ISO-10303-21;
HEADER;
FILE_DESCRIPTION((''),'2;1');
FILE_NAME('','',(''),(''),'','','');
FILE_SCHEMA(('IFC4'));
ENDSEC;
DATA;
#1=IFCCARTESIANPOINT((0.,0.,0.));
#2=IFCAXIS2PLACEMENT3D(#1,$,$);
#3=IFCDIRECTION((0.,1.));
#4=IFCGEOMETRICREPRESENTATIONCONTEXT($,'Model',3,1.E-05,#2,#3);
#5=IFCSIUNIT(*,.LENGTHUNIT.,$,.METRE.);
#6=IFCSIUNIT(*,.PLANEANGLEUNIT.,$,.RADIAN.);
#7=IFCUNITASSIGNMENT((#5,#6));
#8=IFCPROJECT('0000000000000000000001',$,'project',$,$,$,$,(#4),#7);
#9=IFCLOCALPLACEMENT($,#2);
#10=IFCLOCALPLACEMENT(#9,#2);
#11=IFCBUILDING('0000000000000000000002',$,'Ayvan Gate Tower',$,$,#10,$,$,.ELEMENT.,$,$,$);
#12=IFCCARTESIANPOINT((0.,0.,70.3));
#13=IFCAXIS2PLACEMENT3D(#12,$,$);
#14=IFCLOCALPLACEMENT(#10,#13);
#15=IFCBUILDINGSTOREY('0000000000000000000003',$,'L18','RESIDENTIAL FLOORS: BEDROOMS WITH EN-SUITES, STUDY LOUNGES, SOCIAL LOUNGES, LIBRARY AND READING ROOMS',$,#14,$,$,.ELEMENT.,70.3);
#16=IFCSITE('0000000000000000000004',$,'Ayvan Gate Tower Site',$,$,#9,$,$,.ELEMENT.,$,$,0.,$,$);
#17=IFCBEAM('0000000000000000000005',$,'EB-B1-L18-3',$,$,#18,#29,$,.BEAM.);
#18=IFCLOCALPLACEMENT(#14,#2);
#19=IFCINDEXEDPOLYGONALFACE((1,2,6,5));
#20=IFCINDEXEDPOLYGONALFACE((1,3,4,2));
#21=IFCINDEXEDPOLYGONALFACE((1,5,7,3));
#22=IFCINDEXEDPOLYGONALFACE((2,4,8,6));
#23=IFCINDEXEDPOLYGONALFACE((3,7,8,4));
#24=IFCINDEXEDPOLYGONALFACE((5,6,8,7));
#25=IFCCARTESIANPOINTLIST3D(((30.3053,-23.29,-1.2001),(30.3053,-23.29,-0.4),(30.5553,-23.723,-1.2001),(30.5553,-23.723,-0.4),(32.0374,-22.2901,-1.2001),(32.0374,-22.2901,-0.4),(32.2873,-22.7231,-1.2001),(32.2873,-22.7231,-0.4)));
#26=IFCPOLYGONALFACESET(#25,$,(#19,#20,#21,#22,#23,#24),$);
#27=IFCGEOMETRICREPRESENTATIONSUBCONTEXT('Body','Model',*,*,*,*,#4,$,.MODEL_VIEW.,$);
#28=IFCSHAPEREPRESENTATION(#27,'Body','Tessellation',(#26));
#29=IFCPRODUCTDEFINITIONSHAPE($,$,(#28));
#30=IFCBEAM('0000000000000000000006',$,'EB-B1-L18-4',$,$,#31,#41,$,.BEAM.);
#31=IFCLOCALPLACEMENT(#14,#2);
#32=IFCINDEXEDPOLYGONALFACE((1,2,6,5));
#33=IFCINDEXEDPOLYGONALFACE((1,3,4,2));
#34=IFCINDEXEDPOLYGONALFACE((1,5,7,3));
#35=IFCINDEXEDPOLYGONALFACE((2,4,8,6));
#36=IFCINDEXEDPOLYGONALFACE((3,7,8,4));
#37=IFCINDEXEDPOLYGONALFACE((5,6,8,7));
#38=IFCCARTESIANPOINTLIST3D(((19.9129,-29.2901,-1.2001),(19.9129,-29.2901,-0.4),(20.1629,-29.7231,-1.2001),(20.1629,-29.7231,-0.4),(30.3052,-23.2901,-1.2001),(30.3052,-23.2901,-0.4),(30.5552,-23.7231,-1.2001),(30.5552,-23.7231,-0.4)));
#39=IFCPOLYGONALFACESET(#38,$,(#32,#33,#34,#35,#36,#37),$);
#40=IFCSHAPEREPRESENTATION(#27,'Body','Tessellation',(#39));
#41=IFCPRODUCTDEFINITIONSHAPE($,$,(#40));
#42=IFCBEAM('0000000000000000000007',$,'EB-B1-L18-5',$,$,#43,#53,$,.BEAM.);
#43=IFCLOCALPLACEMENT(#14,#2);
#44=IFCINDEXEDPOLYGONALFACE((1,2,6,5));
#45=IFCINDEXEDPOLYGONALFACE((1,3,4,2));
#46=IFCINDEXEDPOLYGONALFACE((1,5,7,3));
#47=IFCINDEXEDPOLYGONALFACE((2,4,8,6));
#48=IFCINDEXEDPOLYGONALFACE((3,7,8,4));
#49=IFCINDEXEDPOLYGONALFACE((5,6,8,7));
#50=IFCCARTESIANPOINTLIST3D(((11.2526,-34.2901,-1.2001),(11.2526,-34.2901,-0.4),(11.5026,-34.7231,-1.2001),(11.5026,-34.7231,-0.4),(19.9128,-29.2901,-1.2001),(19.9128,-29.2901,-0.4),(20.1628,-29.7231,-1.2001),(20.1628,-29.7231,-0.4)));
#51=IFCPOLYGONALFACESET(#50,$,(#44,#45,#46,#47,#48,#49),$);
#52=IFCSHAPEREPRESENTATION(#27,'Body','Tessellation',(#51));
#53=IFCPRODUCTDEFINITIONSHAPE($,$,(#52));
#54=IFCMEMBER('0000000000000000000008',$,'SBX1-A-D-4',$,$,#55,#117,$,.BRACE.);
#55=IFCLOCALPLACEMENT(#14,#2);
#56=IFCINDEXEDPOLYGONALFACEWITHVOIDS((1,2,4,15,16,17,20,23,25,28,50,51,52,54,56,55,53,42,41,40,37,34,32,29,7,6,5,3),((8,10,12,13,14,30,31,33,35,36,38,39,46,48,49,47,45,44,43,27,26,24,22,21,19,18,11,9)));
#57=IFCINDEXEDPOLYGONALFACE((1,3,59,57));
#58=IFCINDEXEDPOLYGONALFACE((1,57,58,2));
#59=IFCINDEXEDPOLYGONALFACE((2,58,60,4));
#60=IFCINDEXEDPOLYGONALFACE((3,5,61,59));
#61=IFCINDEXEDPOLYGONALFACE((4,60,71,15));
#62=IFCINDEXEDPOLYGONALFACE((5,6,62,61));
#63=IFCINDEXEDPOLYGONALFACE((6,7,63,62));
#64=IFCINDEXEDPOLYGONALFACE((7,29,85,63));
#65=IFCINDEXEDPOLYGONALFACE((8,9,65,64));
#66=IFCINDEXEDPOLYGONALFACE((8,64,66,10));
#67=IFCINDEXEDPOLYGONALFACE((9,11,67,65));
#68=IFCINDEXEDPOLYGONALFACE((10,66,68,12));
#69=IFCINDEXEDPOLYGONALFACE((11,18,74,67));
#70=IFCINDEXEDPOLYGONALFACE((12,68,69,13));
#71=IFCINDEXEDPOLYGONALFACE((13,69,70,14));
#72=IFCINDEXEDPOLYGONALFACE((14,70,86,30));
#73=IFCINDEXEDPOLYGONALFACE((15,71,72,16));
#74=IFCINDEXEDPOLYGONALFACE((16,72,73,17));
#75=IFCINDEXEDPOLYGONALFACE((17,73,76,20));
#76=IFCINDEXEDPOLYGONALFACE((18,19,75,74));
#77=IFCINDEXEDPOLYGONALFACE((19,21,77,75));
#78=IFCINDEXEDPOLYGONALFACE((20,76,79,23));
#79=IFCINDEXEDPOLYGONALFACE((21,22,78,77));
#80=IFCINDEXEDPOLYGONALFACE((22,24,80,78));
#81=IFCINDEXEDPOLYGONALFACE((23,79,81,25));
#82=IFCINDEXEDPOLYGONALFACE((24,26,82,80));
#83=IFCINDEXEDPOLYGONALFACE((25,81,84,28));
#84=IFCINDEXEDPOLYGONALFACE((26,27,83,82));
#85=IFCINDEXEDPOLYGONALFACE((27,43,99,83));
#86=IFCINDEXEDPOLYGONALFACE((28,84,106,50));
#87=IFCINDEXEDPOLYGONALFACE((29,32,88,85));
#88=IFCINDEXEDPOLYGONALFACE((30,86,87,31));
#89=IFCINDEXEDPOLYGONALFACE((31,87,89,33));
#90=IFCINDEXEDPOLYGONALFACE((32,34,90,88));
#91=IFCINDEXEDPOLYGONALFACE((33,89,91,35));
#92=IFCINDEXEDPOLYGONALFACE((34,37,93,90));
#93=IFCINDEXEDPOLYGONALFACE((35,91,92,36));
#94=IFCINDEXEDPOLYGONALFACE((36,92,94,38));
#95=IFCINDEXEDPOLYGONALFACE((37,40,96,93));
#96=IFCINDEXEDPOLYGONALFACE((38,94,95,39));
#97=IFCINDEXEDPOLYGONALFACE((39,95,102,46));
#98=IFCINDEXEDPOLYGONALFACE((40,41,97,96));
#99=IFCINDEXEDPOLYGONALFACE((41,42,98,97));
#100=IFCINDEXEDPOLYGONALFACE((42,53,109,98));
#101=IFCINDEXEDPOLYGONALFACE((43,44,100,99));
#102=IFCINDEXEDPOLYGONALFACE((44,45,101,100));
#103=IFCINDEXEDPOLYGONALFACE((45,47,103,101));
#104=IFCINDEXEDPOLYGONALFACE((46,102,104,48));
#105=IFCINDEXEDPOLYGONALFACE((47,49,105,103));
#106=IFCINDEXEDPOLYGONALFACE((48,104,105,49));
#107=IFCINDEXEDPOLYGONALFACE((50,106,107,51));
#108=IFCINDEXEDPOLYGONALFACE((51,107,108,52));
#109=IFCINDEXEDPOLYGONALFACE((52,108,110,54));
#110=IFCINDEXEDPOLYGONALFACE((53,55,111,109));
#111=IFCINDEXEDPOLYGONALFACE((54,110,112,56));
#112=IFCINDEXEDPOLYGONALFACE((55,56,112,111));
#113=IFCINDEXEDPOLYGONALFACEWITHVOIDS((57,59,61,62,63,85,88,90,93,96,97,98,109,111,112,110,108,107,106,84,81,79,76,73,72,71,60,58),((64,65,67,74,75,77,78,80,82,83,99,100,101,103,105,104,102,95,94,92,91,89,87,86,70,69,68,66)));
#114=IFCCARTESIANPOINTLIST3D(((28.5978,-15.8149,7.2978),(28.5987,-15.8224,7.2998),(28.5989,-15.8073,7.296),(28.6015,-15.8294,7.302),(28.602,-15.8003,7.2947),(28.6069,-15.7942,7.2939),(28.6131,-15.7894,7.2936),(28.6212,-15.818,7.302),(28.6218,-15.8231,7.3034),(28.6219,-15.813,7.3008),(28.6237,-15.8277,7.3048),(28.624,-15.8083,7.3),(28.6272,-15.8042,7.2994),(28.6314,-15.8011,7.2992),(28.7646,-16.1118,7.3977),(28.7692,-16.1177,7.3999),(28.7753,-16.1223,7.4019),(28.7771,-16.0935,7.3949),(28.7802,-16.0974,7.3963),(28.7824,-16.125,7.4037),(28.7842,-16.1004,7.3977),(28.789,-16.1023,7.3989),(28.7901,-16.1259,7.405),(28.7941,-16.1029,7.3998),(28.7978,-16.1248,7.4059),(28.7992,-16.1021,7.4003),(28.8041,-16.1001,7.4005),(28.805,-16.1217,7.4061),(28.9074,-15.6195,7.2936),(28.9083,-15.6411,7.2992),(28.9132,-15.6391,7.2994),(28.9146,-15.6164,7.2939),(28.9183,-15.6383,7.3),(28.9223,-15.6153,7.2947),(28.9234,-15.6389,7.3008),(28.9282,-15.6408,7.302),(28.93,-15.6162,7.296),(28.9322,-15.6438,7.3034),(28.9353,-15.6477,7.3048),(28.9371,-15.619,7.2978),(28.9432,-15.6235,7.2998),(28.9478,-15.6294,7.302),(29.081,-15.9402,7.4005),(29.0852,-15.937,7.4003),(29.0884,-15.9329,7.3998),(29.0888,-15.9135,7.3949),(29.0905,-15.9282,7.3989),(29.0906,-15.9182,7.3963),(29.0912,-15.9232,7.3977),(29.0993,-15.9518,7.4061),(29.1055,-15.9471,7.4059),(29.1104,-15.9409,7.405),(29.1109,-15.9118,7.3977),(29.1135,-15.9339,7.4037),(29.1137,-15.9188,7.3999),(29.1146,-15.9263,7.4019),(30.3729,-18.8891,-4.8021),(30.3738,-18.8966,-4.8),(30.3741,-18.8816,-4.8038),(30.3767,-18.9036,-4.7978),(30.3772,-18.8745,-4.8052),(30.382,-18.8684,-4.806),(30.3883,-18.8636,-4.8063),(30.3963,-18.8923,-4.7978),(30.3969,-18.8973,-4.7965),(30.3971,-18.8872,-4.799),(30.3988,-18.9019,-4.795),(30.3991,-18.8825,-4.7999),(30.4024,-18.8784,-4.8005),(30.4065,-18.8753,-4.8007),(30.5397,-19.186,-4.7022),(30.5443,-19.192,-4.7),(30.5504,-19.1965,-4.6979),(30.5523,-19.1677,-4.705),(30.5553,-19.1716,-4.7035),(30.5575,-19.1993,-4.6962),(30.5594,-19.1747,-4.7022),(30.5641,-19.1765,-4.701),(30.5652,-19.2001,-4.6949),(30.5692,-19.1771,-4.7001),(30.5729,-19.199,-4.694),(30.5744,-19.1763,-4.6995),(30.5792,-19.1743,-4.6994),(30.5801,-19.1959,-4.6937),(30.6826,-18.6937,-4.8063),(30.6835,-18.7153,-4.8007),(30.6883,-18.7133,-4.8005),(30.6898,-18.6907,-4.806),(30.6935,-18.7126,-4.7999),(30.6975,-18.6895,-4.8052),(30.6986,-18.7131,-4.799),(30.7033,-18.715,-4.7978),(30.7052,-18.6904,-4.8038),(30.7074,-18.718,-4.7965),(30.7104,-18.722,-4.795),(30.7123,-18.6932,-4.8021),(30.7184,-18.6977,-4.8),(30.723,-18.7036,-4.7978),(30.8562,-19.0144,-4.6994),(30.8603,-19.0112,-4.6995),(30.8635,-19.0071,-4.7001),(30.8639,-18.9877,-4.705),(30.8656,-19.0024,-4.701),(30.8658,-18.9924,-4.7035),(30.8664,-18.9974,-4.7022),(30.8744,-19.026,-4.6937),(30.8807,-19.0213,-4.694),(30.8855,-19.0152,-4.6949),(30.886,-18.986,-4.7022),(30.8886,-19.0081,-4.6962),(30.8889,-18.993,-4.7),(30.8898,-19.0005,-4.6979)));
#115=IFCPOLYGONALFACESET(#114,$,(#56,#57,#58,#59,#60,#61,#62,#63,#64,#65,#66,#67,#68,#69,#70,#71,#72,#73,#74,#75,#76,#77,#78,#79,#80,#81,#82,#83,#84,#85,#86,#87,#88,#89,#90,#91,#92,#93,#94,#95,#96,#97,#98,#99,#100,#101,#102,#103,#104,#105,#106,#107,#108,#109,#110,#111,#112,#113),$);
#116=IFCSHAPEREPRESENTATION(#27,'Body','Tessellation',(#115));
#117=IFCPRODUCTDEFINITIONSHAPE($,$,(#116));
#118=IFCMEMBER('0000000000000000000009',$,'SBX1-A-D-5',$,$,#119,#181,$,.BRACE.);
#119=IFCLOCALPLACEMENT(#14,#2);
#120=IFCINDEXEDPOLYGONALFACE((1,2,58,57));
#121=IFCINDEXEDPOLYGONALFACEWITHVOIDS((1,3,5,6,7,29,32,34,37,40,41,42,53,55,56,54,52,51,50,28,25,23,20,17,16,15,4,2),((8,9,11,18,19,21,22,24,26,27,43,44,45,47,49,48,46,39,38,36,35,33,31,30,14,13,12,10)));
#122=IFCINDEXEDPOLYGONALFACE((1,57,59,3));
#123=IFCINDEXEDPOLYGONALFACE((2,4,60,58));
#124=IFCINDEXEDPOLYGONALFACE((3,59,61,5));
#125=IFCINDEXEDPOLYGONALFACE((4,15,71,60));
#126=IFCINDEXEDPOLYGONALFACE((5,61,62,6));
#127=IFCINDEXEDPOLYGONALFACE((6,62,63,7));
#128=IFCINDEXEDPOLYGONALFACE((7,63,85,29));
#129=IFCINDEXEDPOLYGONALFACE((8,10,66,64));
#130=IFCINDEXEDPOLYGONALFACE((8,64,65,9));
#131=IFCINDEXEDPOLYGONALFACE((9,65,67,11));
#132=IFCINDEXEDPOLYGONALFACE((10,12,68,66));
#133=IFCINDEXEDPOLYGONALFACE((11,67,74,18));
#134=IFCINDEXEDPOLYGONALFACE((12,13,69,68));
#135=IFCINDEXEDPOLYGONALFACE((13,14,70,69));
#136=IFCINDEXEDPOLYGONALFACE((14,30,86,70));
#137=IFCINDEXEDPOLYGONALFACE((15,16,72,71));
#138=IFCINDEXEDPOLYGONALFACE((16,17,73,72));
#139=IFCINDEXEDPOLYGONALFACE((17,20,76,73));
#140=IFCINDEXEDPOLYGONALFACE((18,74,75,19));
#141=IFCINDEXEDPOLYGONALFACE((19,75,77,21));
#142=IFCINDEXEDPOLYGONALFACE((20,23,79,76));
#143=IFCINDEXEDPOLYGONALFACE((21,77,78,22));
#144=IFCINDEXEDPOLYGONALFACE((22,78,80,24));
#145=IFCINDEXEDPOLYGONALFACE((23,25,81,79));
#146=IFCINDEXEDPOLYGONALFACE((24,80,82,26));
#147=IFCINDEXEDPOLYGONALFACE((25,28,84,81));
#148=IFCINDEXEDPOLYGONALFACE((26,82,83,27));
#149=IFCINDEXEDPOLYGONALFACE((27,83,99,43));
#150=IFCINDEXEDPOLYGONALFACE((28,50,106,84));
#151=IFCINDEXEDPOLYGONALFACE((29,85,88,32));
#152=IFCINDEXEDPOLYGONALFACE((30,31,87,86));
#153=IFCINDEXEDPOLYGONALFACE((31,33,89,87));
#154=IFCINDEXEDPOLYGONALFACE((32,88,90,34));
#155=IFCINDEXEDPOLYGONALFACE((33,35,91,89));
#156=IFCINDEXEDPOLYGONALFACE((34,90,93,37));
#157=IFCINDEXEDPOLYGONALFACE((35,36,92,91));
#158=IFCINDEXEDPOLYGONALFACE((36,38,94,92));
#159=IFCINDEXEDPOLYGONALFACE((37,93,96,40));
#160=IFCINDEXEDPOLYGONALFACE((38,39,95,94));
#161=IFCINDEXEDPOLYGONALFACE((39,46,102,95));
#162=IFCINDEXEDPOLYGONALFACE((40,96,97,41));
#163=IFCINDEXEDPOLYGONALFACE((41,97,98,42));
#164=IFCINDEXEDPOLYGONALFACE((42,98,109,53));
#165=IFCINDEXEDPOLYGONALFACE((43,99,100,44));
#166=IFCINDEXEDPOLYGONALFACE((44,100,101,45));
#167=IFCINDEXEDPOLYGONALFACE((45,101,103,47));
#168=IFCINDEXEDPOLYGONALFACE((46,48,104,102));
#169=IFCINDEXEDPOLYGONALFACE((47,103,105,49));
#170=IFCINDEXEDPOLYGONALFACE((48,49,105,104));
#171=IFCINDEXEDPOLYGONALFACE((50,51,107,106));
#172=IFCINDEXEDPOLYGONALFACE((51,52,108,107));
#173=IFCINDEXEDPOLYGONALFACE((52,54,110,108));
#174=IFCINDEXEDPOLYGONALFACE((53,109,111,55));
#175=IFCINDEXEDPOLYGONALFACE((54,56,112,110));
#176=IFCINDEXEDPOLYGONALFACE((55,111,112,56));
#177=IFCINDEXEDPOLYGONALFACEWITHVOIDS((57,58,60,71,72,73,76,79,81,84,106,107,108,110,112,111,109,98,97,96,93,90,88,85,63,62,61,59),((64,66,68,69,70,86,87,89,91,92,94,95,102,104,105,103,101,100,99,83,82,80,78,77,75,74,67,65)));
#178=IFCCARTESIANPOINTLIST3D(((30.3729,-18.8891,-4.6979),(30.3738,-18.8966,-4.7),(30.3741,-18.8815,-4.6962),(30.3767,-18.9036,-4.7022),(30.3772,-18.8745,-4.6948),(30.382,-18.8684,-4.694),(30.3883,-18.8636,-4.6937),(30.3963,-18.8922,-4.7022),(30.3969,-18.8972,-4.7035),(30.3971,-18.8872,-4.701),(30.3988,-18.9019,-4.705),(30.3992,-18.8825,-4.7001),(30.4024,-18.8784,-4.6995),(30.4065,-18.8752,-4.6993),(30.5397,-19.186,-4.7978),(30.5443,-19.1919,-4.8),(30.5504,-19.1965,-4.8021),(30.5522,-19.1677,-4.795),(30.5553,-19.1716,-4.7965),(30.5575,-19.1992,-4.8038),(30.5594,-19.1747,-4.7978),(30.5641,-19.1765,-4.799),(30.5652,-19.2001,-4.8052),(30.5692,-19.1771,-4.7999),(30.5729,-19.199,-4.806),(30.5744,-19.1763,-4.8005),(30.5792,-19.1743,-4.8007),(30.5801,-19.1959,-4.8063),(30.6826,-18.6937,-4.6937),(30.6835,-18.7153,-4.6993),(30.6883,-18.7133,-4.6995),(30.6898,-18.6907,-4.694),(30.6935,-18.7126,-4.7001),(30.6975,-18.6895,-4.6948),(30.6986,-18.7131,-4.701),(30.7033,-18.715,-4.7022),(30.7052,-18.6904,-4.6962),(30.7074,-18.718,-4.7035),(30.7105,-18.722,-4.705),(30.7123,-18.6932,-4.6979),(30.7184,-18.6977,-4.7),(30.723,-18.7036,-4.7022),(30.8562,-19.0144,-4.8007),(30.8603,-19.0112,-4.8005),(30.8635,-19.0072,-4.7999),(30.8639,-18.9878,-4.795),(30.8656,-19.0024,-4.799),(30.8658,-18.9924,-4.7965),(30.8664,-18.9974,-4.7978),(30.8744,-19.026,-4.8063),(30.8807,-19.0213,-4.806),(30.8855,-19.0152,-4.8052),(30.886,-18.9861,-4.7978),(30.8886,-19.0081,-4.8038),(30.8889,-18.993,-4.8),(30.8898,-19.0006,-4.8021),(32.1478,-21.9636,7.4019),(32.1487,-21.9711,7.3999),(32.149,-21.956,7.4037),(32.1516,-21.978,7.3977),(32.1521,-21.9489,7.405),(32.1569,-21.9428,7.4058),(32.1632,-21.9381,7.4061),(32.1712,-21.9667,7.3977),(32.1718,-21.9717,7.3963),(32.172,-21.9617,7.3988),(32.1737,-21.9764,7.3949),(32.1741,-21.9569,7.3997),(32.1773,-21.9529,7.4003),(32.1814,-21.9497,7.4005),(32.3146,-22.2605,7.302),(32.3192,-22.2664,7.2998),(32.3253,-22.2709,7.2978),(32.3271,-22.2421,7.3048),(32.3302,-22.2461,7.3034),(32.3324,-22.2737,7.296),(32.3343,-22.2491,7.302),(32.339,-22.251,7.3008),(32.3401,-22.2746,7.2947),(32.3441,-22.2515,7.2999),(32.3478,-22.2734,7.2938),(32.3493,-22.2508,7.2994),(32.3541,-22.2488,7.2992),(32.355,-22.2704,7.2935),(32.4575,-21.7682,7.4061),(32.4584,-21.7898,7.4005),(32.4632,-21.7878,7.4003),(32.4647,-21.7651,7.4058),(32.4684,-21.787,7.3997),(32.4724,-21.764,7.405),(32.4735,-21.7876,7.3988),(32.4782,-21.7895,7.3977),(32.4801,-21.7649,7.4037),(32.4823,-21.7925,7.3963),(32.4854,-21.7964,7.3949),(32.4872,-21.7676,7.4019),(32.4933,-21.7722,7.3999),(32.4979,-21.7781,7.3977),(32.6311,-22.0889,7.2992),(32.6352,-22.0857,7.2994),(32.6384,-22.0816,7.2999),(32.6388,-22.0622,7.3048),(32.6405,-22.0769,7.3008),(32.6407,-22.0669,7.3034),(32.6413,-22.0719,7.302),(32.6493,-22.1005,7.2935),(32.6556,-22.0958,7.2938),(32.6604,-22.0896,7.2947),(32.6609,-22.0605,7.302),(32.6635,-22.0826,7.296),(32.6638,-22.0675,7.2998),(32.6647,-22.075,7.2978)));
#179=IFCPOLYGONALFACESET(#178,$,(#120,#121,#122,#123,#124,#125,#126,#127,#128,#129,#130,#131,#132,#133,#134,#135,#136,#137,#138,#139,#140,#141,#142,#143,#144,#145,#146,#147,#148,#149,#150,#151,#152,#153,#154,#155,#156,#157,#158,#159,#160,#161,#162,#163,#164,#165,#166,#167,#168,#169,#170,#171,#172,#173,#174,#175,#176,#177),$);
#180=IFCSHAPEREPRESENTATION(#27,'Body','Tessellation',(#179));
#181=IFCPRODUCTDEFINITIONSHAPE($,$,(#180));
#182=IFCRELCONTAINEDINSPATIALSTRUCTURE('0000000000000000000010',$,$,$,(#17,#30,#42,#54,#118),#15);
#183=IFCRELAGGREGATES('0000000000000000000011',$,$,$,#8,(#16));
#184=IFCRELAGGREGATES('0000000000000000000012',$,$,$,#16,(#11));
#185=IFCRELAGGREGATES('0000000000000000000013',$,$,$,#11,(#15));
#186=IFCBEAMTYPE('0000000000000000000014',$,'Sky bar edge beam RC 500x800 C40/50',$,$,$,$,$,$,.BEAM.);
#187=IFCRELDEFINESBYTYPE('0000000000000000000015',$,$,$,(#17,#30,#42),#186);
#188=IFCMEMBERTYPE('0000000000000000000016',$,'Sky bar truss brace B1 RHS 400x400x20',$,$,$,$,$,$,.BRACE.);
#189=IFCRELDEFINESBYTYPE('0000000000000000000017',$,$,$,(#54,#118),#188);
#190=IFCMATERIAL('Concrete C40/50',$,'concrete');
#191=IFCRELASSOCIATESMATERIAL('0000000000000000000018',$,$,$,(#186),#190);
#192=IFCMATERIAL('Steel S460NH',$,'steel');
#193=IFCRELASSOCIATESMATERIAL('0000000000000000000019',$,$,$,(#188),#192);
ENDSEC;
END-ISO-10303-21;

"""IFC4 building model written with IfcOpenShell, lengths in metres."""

from ifc_helpers import new_model, si_unit, direction, frame, origin, origin_2d, place, context, subcontext, project, spatial, rectangle, hollow_rectangle, extrude, material, material_profile, profile_set, type_object, element, save


model = new_model("IFC4")

# Units and contexts
model_context = context("Model", 3, precision=1e-05, world=origin(), true_north=direction((0.0, 1.0)))
body_context = subcontext(model_context, "Body", "Model", "MODEL_VIEW")
ifc_project = project(units=[si_unit("LENGTHUNIT", "METRE"), si_unit("PLANEANGLEUNIT", "RADIAN")], contexts=[model_context])

# Site, building, storey
site_placement = place(None, origin())
site = spatial("IfcSite", under=ifc_project, at=site_placement, Name="Ayvan Gate Tower Site", CompositionType="ELEMENT", RefElevation=0.0)
building_placement = place(site_placement, origin())
building = spatial("IfcBuilding", under=site, at=building_placement, Name="Ayvan Gate Tower", CompositionType="ELEMENT")
storey_placement = place(building_placement, frame((0.0, 0.0, 70.3)))
storey = spatial("IfcBuildingStorey", under=building, at=storey_placement, Name="L18", Description="RESIDENTIAL FLOORS: BEDROOMS WITH EN-SUITES, STUDY LOUNGES, SOCIAL LOUNGES, LIBRARY AND READING ROOMS", CompositionType="ELEMENT", Elevation=70.3)

# Beams
ifc_material_1 = material(Name="Concrete C40/50", Category="concrete")
ifc_material_profile_1 = material_profile(ifc_material_1, rectangle(XDim=0.5, YDim=0.8, at=origin_2d()), Name="RC 500x800")
ifc_profile_set_1 = profile_set([ifc_material_profile_1], Name="Concrete C40/50")
beam_type = type_object("IfcBeamType", Name="Sky bar edge beam RC 500x800 C40/50", PredefinedType="BEAM", material=ifc_profile_set_1)
beam_1_placement = place(storey_placement, frame((32.1624, -22.5066, -0.8), z_axis=(-0.866041, -0.499973, 0.0), x_axis=(0.499973, -0.866041, 0.0)))
element("IfcBeam", 1, at=beam_1_placement, inside=storey, type_object=beam_type, Name="EB-B1-L18-3", PredefinedType="BEAM", context=body_context, shape_type="SweptSolid", body=[
    extrude(rectangle(XDim=0.5, YDim=0.8, at=origin_2d()), origin(), (0.0, 0.0, 1.0), 2.0),
])
beam_2_placement = place(storey_placement, frame((30.4302, -23.5066, -0.8), z_axis=(-0.866026, -0.499999, 0.0), x_axis=(0.499999, -0.866026, 0.0)))
element("IfcBeam", 2, at=beam_2_placement, inside=storey, type_object=beam_type, Name="EB-B1-L18-4", PredefinedType="BEAM", context=body_context, shape_type="SweptSolid", body=[
    extrude(rectangle(XDim=0.5, YDim=0.8, at=origin_2d()), origin(), (0.0, 0.0, 1.0), 12.0),
])
beam_3_placement = place(storey_placement, frame((20.0378, -29.5066, -0.8), z_axis=(-0.866023, -0.500004, 0.0), x_axis=(0.500004, -0.866023, 0.0)))
element("IfcBeam", 3, at=beam_3_placement, inside=storey, type_object=beam_type, Name="EB-B1-L18-5", PredefinedType="BEAM", context=body_context, shape_type="SweptSolid", body=[
    extrude(rectangle(XDim=0.5, YDim=0.8, at=origin_2d()), origin(), (0.0, 0.0, 1.0), 10.0),
])

# Members
ifc_material_2 = material(Name="Steel S460NH", Category="steel")
ifc_material_profile_2 = material_profile(ifc_material_2, hollow_rectangle(XDim=0.3999, YDim=0.3999, WallThickness=0.02, InnerFilletRadius=0.02, OuterFilletRadius=0.03, at=origin_2d()), Name="RHS 400x400x20")
ifc_profile_set_2 = profile_set([ifc_material_profile_2], Name="Steel S460NH")
member_type_1 = type_object("IfcMemberType", Name="Sky bar truss brace B1 RHS 400x400x20", PredefinedType="BRACE", material=ifc_profile_set_2)
for number, where, z_axis, x_axis, name in (
    (4, (28.8562, -15.8706, 7.3499), (0.140775, -0.243795, -0.959555), (0.865995, 0.500052, 0.0), "SBX1-A-D-4"),
    (5, (30.6313, -18.9448, -4.75), (0.140755, -0.243814, 0.959553), (0.866042, 0.49997, 0.0), "SBX1-A-D-5"),
):
    element("IfcMember", number, at=place(storey_placement, frame(where, z_axis=z_axis, x_axis=x_axis)), inside=storey, type_object=member_type_1, Name=name, PredefinedType="BRACE", context=body_context, shape_type="SweptSolid", body=[
        extrude(hollow_rectangle(XDim=0.3999, YDim=0.3999, WallThickness=0.02, InnerFilletRadius=0.02, OuterFilletRadius=0.03, at=origin_2d()), origin(), (0.0, 0.0, 1.0), 12.6099),
    ])

save(model, "model.ifc")
